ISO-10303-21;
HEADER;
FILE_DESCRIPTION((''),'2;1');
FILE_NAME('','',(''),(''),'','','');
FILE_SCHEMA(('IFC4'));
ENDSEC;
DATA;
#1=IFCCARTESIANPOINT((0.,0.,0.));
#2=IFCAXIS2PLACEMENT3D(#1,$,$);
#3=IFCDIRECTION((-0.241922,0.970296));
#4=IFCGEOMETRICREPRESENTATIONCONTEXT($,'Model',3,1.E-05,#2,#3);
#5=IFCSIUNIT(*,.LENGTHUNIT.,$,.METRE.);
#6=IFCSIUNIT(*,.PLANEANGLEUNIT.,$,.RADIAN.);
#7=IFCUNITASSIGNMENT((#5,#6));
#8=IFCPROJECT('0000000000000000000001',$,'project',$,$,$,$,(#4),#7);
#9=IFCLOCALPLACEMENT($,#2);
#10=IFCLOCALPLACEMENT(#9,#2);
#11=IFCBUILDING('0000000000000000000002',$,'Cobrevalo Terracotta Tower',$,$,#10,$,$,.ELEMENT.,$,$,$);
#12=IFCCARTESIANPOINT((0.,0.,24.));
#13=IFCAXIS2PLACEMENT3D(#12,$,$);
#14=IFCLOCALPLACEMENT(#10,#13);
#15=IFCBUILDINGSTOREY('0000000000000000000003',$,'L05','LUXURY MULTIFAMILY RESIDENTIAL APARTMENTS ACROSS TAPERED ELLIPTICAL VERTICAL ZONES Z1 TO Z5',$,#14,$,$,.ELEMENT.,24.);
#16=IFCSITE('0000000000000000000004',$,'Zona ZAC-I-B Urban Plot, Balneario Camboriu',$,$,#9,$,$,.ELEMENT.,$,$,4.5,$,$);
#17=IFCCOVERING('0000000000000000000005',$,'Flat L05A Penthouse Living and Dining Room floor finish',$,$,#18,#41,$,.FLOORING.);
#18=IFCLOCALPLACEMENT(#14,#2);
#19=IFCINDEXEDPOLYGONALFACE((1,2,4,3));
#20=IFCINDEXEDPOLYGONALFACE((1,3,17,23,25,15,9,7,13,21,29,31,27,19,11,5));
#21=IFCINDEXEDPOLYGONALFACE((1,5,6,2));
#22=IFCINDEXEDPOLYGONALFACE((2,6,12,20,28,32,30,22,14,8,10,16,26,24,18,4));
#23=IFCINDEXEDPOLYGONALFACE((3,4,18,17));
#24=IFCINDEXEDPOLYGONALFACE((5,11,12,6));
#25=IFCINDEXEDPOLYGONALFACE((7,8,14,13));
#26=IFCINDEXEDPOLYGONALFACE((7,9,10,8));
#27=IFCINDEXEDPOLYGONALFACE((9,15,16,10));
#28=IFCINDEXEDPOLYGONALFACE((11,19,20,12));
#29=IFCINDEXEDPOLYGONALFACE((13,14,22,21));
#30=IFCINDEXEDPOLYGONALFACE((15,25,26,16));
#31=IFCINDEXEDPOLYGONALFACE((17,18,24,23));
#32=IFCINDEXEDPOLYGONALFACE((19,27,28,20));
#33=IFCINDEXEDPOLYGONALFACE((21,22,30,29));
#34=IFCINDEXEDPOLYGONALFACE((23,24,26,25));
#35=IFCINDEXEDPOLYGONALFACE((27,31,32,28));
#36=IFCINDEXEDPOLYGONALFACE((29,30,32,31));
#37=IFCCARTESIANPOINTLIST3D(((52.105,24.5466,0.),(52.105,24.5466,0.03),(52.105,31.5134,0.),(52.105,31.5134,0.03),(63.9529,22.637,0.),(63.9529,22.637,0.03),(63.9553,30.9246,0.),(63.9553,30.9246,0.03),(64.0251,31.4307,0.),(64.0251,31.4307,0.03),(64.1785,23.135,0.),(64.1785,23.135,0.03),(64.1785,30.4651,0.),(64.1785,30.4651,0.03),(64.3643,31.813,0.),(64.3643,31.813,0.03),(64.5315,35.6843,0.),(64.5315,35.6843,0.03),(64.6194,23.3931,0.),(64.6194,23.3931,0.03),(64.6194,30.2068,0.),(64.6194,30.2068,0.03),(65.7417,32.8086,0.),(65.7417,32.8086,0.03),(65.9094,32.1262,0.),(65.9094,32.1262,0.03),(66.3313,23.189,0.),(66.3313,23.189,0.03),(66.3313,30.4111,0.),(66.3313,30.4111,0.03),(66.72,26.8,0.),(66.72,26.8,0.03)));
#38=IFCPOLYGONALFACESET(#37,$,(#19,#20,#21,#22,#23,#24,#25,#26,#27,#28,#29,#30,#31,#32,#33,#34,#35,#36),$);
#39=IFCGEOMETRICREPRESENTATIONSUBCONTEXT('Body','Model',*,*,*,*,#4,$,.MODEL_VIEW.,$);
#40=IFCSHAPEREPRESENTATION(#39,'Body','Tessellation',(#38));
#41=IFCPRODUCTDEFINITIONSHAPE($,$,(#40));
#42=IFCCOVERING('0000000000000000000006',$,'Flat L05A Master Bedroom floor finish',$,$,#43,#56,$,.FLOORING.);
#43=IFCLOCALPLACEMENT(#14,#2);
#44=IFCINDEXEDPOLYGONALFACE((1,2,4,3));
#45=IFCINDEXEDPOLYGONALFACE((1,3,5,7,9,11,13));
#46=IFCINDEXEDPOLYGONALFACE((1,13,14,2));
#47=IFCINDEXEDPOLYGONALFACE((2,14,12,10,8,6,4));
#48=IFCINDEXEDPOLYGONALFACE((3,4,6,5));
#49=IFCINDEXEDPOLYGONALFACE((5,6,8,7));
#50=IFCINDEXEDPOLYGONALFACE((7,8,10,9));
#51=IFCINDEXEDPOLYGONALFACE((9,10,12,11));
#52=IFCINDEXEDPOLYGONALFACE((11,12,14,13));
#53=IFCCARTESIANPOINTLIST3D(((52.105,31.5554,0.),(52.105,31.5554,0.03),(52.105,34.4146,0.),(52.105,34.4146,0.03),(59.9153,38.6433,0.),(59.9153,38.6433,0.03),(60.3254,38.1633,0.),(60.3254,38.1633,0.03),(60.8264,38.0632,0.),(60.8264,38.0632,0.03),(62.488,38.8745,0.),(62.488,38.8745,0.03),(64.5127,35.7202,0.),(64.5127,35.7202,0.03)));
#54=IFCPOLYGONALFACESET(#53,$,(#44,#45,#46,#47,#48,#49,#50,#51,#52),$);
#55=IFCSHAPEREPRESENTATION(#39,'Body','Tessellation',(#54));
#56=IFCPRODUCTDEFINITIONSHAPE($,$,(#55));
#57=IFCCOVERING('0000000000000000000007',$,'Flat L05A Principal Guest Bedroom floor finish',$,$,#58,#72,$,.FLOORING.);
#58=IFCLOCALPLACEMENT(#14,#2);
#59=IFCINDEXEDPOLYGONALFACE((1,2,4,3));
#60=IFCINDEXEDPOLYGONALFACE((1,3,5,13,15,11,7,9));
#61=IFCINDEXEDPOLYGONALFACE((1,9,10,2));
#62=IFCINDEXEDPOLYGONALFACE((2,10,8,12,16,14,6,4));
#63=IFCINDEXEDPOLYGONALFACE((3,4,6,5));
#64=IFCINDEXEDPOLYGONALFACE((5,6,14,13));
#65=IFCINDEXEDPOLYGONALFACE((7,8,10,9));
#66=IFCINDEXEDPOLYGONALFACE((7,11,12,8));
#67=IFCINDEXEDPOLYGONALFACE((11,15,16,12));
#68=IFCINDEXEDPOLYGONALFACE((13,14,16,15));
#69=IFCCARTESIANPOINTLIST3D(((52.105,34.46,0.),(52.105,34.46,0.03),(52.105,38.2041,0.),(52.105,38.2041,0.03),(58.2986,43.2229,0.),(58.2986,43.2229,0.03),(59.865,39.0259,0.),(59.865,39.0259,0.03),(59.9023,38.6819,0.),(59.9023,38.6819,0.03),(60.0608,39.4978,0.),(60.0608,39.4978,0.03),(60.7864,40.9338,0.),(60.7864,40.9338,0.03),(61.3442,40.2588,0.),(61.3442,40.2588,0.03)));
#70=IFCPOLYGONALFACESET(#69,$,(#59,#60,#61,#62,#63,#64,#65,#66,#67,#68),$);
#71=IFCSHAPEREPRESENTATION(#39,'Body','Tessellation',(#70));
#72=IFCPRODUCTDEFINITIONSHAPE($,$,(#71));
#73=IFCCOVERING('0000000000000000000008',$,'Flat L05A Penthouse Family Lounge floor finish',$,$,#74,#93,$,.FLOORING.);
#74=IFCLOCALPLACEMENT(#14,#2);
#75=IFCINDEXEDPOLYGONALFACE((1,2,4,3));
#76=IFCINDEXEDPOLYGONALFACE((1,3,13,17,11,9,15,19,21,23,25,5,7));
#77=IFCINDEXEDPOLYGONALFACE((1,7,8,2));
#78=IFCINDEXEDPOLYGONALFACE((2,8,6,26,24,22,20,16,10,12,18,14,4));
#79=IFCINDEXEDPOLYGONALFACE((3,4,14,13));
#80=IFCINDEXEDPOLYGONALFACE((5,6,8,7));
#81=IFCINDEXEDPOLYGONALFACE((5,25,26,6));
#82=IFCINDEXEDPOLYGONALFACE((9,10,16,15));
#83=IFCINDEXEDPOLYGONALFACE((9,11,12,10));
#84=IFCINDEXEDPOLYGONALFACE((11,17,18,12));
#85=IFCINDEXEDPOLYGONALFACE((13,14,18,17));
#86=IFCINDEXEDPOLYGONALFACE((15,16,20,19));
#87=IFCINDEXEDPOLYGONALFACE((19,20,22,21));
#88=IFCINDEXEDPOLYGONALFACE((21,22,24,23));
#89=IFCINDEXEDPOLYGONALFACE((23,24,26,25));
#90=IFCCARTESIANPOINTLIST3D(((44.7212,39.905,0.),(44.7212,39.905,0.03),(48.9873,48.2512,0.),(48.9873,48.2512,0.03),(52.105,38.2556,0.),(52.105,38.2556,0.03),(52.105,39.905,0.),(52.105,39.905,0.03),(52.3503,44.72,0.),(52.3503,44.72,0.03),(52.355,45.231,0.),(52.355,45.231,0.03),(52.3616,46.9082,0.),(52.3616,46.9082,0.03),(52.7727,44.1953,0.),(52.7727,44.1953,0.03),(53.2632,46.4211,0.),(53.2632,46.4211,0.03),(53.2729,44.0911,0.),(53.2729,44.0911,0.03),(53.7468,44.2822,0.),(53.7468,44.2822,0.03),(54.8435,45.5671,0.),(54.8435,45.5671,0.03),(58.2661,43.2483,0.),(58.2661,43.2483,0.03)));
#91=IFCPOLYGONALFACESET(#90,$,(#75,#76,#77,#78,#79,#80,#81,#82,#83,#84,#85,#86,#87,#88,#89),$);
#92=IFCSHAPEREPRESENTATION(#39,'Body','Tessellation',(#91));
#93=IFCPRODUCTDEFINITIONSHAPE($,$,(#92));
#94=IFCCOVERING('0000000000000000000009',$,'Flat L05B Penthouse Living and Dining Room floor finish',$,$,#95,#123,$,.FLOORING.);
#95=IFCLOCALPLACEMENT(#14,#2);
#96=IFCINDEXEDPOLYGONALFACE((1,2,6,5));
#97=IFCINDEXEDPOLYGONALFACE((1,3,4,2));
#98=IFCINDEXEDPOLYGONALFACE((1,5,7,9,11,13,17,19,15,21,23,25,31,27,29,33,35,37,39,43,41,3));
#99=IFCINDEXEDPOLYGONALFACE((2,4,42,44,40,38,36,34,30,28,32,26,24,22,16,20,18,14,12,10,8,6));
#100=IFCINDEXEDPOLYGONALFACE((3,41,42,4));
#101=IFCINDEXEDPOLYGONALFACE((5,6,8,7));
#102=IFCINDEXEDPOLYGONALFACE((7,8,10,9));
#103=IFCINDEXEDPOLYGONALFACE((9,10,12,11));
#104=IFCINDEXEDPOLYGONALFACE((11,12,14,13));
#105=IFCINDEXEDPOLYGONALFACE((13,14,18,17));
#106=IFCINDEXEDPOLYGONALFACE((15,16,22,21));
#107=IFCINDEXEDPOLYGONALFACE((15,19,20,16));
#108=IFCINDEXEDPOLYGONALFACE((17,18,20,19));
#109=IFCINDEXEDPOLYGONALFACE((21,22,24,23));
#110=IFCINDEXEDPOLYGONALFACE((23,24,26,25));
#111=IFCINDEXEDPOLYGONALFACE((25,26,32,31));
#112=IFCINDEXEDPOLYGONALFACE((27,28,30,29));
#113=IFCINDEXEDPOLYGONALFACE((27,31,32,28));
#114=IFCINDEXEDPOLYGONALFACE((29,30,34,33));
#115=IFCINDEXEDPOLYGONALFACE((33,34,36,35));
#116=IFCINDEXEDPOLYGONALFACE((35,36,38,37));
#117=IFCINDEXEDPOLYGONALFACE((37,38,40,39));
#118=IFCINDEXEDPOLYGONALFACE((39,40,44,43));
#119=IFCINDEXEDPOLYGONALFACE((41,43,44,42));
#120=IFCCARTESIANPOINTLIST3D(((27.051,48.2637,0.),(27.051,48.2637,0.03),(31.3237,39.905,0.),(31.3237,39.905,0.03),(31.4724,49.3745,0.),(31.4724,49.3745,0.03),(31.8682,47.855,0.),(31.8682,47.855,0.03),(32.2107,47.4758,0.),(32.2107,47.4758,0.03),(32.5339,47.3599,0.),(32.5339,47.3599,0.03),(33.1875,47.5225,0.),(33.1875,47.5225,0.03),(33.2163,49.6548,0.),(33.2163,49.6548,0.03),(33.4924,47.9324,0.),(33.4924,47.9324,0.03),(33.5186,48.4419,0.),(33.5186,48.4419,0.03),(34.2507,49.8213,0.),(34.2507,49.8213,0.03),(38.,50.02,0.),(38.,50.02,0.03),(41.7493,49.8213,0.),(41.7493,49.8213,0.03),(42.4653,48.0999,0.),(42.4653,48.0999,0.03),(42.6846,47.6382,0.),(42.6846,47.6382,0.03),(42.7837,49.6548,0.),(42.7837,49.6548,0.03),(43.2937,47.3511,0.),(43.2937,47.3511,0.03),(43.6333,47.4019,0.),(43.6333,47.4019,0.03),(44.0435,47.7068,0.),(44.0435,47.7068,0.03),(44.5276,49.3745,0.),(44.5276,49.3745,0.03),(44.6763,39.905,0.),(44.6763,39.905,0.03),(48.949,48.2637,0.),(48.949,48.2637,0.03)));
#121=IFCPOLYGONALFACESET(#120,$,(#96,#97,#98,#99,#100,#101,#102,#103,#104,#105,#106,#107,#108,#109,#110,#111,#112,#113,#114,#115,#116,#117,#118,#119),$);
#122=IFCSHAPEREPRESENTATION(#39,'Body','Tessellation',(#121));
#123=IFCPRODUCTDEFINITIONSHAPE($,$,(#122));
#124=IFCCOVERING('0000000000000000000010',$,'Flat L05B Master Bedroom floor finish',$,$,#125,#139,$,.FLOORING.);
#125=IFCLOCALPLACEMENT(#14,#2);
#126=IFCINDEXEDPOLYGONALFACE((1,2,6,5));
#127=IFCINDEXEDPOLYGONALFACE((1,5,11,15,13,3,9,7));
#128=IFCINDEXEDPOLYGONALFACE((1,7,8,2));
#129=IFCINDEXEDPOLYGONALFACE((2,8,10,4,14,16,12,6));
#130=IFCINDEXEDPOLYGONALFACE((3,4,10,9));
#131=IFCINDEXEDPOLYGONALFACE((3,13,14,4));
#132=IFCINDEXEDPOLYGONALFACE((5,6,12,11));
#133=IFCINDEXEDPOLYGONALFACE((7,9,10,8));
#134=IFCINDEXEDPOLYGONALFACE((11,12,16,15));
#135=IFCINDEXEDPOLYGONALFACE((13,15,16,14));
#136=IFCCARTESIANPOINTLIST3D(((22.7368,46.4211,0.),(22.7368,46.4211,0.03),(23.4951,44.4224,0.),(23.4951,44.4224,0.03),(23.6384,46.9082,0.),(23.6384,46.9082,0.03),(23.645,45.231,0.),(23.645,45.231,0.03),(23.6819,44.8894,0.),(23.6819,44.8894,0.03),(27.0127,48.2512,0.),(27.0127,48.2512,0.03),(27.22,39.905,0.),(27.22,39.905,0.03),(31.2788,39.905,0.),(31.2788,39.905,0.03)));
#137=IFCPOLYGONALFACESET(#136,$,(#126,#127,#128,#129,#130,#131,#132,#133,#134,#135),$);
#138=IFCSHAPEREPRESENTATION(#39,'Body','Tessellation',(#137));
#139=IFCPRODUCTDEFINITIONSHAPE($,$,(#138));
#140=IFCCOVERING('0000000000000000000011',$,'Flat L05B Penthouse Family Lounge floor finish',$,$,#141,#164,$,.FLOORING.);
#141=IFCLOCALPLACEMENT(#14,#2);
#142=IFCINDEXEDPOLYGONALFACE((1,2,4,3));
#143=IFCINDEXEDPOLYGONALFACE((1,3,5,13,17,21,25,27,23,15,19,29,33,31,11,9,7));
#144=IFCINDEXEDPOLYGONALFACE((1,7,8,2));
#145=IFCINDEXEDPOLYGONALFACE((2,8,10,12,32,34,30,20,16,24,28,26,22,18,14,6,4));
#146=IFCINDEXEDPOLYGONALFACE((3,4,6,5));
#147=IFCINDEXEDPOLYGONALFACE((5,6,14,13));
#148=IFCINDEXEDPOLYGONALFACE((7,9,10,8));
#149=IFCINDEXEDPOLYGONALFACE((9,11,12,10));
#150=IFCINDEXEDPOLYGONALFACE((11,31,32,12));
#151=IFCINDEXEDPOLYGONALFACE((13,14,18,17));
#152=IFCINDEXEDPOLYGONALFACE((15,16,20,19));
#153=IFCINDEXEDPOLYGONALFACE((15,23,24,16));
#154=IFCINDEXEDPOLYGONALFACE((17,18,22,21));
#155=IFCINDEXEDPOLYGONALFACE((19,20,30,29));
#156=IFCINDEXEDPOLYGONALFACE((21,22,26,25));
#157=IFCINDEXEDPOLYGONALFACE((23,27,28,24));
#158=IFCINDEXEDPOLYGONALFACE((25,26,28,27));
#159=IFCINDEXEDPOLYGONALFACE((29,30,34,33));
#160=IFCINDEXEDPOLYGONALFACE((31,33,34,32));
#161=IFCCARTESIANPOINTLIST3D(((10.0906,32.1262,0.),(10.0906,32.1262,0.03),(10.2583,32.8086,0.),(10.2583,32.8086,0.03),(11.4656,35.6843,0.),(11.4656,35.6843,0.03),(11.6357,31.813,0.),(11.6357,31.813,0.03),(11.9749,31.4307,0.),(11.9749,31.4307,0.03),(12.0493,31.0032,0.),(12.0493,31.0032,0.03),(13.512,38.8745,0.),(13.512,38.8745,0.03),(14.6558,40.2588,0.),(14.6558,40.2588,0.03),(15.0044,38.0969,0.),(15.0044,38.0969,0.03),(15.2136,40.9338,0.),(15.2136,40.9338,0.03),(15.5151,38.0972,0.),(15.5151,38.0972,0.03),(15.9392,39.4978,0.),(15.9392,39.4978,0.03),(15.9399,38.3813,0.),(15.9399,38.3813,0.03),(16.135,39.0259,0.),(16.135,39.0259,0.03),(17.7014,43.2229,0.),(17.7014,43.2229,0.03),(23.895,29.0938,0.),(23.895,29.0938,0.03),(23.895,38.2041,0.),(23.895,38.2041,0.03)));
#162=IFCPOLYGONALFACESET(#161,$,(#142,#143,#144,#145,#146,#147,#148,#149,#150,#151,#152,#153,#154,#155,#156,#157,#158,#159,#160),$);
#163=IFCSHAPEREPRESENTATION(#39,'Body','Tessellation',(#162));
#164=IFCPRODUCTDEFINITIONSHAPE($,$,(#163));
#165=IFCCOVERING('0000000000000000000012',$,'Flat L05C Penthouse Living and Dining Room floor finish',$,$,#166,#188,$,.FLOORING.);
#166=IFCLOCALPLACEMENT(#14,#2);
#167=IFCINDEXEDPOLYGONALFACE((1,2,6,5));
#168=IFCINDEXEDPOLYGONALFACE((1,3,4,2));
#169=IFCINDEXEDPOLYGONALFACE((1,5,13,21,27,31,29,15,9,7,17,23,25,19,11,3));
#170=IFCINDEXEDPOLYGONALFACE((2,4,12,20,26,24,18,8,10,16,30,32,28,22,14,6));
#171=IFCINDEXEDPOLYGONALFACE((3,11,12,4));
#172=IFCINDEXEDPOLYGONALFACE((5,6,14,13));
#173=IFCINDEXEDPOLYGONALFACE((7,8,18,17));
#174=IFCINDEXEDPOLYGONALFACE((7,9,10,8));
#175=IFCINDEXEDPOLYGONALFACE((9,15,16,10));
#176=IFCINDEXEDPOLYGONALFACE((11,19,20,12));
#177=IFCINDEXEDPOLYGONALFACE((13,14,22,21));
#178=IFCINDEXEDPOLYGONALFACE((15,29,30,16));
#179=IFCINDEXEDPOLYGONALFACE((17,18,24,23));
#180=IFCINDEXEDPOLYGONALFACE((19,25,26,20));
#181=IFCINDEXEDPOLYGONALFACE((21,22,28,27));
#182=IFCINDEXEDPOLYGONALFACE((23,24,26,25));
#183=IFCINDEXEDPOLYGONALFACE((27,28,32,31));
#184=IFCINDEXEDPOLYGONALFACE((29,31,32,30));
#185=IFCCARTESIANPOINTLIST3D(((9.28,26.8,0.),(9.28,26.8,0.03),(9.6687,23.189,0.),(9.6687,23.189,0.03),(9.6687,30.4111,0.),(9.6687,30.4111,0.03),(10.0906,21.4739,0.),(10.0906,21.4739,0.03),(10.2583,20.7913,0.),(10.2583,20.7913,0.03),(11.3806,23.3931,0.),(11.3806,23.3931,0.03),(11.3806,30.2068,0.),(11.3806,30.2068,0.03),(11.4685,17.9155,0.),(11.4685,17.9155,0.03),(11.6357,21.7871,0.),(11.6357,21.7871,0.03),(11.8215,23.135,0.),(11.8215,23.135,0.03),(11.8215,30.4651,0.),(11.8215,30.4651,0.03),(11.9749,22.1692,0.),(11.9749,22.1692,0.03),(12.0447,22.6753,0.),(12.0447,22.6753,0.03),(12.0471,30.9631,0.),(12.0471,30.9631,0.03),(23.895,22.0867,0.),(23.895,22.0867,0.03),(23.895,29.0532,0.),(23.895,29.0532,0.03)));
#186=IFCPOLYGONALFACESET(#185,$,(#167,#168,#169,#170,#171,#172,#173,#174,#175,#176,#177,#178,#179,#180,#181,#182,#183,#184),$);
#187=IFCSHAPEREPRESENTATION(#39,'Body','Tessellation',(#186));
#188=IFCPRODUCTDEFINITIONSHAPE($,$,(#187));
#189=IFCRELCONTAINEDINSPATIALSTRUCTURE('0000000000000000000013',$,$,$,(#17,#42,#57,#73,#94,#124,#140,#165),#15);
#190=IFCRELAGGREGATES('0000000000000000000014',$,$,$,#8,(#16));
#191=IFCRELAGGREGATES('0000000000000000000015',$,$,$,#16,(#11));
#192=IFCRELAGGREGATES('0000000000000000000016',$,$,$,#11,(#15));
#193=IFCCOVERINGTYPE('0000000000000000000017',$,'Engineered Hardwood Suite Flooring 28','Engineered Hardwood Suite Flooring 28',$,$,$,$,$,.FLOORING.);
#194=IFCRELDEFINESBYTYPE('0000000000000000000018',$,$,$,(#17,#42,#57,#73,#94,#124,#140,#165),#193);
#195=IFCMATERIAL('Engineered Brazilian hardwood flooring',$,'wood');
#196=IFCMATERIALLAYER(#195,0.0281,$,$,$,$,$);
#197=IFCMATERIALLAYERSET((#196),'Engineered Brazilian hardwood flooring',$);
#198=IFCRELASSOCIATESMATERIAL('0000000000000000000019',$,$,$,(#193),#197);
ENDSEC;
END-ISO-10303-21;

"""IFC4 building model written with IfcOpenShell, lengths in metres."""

from ifc_helpers import new_model, si_unit, direction, frame, origin, place, context, subcontext, project, spatial, polyline, outline, extrude, material, layer, layer_set, type_object, element, save


model = new_model("IFC4")

# Units and contexts
model_context = context("Model", 3, precision=1e-05, world=origin(), true_north=direction((-0.241922, 0.970296)))
body_context = subcontext(model_context, "Body", "Model", "MODEL_VIEW")
ifc_project = project(units=[si_unit("LENGTHUNIT", "METRE"), si_unit("PLANEANGLEUNIT", "RADIAN")], contexts=[model_context])

# Site, building, storey
site_placement = place(None, origin())
site = spatial("IfcSite", under=ifc_project, at=site_placement, Name="Zona ZAC-I-B Urban Plot, Balneario Camboriu", CompositionType="ELEMENT", RefElevation=4.5)
building_placement = place(site_placement, origin())
building = spatial("IfcBuilding", under=site, at=building_placement, Name="Cobrevalo Terracotta Tower", CompositionType="ELEMENT")
storey_placement = place(building_placement, frame((0.0, 0.0, 24.0)))
storey = spatial("IfcBuildingStorey", under=building, at=storey_placement, Name="L05", Description="LUXURY MULTIFAMILY RESIDENTIAL APARTMENTS ACROSS TAPERED ELLIPTICAL VERTICAL ZONES Z1 TO Z5", CompositionType="ELEMENT", Elevation=24.0)

# Coverings
ifc_material_1 = material(Name="Engineered Brazilian hardwood flooring", Category="wood")
ifc_layer_1 = layer(ifc_material_1, 0.0281)
ifc_layer_set_1 = layer_set([ifc_layer_1], Name="Engineered Brazilian hardwood flooring")
covering_type_1 = type_object("IfcCoveringType", Name="Engineered Hardwood Suite Flooring 28", Description="Engineered Hardwood Suite Flooring 28", PredefinedType="FLOORING", material=ifc_layer_set_1)
covering_1_placement = place(storey_placement, origin())
element("IfcCovering", 1, at=covering_1_placement, inside=storey, type_object=covering_type_1, Name="Flat L05A Penthouse Living and Dining Room floor finish", PredefinedType="FLOORING", context=body_context, shape_type="SweptSolid", body=[
    extrude(outline(polyline([(64.5315, 35.6843), (65.7417, 32.8086), (65.9094, 32.1262), (64.3643, 31.813), (64.0251, 31.4307), (63.9553, 30.9246), (64.1785, 30.4651), (64.6194, 30.2068), (66.3313, 30.4111), (66.72, 26.8), (66.3313, 23.189), (64.6194, 23.3931), (64.1785, 23.135), (63.9529, 22.637), (52.105, 24.5466), (52.105, 31.5134), (64.5315, 35.6843)])), origin(), (0.0, 0.0, 1.0), 0.03),
])
covering_2_placement = place(storey_placement, origin())
element("IfcCovering", 2, at=covering_2_placement, inside=storey, type_object=covering_type_1, Name="Flat L05A Master Bedroom floor finish", PredefinedType="FLOORING", context=body_context, shape_type="SweptSolid", body=[
    extrude(outline(polyline([(59.9153, 38.6433), (60.3254, 38.1633), (60.8264, 38.0632), (62.488, 38.8745), (64.5127, 35.7202), (52.105, 31.5554), (52.105, 34.4146), (59.9153, 38.6433)])), origin(), (0.0, 0.0, 1.0), 0.03),
])
covering_3_placement = place(storey_placement, origin())
element("IfcCovering", 3, at=covering_3_placement, inside=storey, type_object=covering_type_1, Name="Flat L05A Principal Guest Bedroom floor finish", PredefinedType="FLOORING", context=body_context, shape_type="SweptSolid", body=[
    extrude(outline(polyline([(58.2986, 43.2229), (60.7864, 40.9338), (61.3442, 40.2588), (60.0608, 39.4978), (59.865, 39.0259), (59.9023, 38.6819), (52.105, 34.46), (52.105, 38.2041), (58.2986, 43.2229)])), origin(), (0.0, 0.0, 1.0), 0.03),
])
covering_4_placement = place(storey_placement, origin())
element("IfcCovering", 4, at=covering_4_placement, inside=storey, type_object=covering_type_1, Name="Flat L05A Penthouse Family Lounge floor finish", PredefinedType="FLOORING", context=body_context, shape_type="SweptSolid", body=[
    extrude(outline(polyline([(44.7212, 39.905), (48.9873, 48.2512), (52.3616, 46.9082), (53.2632, 46.4211), (52.355, 45.231), (52.3503, 44.72), (52.7727, 44.1953), (53.2729, 44.0911), (53.7468, 44.2822), (54.8435, 45.5671), (58.2661, 43.2483), (52.105, 38.2556), (52.105, 39.905), (44.7212, 39.905)])), origin(), (0.0, 0.0, 1.0), 0.03),
])
covering_5_placement = place(storey_placement, origin())
element("IfcCovering", 5, at=covering_5_placement, inside=storey, type_object=covering_type_1, Name="Flat L05B Penthouse Living and Dining Room floor finish", PredefinedType="FLOORING", context=body_context, shape_type="SweptSolid", body=[
    extrude(outline(polyline([(31.4724, 49.3745), (31.8682, 47.855), (32.2107, 47.4758), (32.5339, 47.3599), (33.1875, 47.5225), (33.4924, 47.9324), (33.5186, 48.4419), (33.2163, 49.6548), (34.2507, 49.8213), (38.0, 50.02), (41.7493, 49.8213), (42.7837, 49.6548), (42.4653, 48.0999), (42.6846, 47.6382), (43.2937, 47.3511), (43.6333, 47.4019), (44.0435, 47.7068), (44.5276, 49.3745), (48.949, 48.2637), (44.6763, 39.905), (31.3237, 39.905), (27.051, 48.2637), (31.4724, 49.3745)])), origin(), (0.0, 0.0, 1.0), 0.03),
])
covering_6_placement = place(storey_placement, origin())
element("IfcCovering", 6, at=covering_6_placement, inside=storey, type_object=covering_type_1, Name="Flat L05B Master Bedroom floor finish", PredefinedType="FLOORING", context=body_context, shape_type="SweptSolid", body=[
    extrude(outline(polyline([(23.4951, 44.4224), (23.6819, 44.8894), (23.645, 45.231), (22.7368, 46.4211), (23.6384, 46.9082), (27.0127, 48.2512), (31.2788, 39.905), (27.22, 39.905), (23.4951, 44.4224)])), origin(), (0.0, 0.0, 1.0), 0.03),
])
covering_7_placement = place(storey_placement, origin())
element("IfcCovering", 7, at=covering_7_placement, inside=storey, type_object=covering_type_1, Name="Flat L05B Penthouse Family Lounge floor finish", PredefinedType="FLOORING", context=body_context, shape_type="SweptSolid", body=[
    extrude(outline(polyline([(13.512, 38.8745), (15.0044, 38.0969), (15.5151, 38.0972), (15.9399, 38.3813), (16.135, 39.0259), (15.9392, 39.4978), (14.6558, 40.2588), (15.2136, 40.9338), (17.7014, 43.2229), (23.895, 38.2041), (23.895, 29.0938), (12.0493, 31.0032), (11.9749, 31.4307), (11.6357, 31.813), (10.0906, 32.1262), (10.2583, 32.8086), (11.4656, 35.6843), (13.512, 38.8745)])), origin(), (0.0, 0.0, 1.0), 0.03),
])
covering_8_placement = place(storey_placement, origin())
element("IfcCovering", 8, at=covering_8_placement, inside=storey, type_object=covering_type_1, Name="Flat L05C Penthouse Living and Dining Room floor finish", PredefinedType="FLOORING", context=body_context, shape_type="SweptSolid", body=[
    extrude(outline(polyline([(10.2583, 20.7913), (10.0906, 21.4739), (11.6357, 21.7871), (11.9749, 22.1692), (12.0447, 22.6753), (11.8215, 23.135), (11.3806, 23.3931), (9.6687, 23.189), (9.28, 26.8), (9.6687, 30.4111), (11.3806, 30.2068), (11.8215, 30.4651), (12.0471, 30.9631), (23.895, 29.0532), (23.895, 22.0867), (11.4685, 17.9155), (10.2583, 20.7913)])), origin(), (0.0, 0.0, 1.0), 0.03),
])

save(model, "model.ifc")
